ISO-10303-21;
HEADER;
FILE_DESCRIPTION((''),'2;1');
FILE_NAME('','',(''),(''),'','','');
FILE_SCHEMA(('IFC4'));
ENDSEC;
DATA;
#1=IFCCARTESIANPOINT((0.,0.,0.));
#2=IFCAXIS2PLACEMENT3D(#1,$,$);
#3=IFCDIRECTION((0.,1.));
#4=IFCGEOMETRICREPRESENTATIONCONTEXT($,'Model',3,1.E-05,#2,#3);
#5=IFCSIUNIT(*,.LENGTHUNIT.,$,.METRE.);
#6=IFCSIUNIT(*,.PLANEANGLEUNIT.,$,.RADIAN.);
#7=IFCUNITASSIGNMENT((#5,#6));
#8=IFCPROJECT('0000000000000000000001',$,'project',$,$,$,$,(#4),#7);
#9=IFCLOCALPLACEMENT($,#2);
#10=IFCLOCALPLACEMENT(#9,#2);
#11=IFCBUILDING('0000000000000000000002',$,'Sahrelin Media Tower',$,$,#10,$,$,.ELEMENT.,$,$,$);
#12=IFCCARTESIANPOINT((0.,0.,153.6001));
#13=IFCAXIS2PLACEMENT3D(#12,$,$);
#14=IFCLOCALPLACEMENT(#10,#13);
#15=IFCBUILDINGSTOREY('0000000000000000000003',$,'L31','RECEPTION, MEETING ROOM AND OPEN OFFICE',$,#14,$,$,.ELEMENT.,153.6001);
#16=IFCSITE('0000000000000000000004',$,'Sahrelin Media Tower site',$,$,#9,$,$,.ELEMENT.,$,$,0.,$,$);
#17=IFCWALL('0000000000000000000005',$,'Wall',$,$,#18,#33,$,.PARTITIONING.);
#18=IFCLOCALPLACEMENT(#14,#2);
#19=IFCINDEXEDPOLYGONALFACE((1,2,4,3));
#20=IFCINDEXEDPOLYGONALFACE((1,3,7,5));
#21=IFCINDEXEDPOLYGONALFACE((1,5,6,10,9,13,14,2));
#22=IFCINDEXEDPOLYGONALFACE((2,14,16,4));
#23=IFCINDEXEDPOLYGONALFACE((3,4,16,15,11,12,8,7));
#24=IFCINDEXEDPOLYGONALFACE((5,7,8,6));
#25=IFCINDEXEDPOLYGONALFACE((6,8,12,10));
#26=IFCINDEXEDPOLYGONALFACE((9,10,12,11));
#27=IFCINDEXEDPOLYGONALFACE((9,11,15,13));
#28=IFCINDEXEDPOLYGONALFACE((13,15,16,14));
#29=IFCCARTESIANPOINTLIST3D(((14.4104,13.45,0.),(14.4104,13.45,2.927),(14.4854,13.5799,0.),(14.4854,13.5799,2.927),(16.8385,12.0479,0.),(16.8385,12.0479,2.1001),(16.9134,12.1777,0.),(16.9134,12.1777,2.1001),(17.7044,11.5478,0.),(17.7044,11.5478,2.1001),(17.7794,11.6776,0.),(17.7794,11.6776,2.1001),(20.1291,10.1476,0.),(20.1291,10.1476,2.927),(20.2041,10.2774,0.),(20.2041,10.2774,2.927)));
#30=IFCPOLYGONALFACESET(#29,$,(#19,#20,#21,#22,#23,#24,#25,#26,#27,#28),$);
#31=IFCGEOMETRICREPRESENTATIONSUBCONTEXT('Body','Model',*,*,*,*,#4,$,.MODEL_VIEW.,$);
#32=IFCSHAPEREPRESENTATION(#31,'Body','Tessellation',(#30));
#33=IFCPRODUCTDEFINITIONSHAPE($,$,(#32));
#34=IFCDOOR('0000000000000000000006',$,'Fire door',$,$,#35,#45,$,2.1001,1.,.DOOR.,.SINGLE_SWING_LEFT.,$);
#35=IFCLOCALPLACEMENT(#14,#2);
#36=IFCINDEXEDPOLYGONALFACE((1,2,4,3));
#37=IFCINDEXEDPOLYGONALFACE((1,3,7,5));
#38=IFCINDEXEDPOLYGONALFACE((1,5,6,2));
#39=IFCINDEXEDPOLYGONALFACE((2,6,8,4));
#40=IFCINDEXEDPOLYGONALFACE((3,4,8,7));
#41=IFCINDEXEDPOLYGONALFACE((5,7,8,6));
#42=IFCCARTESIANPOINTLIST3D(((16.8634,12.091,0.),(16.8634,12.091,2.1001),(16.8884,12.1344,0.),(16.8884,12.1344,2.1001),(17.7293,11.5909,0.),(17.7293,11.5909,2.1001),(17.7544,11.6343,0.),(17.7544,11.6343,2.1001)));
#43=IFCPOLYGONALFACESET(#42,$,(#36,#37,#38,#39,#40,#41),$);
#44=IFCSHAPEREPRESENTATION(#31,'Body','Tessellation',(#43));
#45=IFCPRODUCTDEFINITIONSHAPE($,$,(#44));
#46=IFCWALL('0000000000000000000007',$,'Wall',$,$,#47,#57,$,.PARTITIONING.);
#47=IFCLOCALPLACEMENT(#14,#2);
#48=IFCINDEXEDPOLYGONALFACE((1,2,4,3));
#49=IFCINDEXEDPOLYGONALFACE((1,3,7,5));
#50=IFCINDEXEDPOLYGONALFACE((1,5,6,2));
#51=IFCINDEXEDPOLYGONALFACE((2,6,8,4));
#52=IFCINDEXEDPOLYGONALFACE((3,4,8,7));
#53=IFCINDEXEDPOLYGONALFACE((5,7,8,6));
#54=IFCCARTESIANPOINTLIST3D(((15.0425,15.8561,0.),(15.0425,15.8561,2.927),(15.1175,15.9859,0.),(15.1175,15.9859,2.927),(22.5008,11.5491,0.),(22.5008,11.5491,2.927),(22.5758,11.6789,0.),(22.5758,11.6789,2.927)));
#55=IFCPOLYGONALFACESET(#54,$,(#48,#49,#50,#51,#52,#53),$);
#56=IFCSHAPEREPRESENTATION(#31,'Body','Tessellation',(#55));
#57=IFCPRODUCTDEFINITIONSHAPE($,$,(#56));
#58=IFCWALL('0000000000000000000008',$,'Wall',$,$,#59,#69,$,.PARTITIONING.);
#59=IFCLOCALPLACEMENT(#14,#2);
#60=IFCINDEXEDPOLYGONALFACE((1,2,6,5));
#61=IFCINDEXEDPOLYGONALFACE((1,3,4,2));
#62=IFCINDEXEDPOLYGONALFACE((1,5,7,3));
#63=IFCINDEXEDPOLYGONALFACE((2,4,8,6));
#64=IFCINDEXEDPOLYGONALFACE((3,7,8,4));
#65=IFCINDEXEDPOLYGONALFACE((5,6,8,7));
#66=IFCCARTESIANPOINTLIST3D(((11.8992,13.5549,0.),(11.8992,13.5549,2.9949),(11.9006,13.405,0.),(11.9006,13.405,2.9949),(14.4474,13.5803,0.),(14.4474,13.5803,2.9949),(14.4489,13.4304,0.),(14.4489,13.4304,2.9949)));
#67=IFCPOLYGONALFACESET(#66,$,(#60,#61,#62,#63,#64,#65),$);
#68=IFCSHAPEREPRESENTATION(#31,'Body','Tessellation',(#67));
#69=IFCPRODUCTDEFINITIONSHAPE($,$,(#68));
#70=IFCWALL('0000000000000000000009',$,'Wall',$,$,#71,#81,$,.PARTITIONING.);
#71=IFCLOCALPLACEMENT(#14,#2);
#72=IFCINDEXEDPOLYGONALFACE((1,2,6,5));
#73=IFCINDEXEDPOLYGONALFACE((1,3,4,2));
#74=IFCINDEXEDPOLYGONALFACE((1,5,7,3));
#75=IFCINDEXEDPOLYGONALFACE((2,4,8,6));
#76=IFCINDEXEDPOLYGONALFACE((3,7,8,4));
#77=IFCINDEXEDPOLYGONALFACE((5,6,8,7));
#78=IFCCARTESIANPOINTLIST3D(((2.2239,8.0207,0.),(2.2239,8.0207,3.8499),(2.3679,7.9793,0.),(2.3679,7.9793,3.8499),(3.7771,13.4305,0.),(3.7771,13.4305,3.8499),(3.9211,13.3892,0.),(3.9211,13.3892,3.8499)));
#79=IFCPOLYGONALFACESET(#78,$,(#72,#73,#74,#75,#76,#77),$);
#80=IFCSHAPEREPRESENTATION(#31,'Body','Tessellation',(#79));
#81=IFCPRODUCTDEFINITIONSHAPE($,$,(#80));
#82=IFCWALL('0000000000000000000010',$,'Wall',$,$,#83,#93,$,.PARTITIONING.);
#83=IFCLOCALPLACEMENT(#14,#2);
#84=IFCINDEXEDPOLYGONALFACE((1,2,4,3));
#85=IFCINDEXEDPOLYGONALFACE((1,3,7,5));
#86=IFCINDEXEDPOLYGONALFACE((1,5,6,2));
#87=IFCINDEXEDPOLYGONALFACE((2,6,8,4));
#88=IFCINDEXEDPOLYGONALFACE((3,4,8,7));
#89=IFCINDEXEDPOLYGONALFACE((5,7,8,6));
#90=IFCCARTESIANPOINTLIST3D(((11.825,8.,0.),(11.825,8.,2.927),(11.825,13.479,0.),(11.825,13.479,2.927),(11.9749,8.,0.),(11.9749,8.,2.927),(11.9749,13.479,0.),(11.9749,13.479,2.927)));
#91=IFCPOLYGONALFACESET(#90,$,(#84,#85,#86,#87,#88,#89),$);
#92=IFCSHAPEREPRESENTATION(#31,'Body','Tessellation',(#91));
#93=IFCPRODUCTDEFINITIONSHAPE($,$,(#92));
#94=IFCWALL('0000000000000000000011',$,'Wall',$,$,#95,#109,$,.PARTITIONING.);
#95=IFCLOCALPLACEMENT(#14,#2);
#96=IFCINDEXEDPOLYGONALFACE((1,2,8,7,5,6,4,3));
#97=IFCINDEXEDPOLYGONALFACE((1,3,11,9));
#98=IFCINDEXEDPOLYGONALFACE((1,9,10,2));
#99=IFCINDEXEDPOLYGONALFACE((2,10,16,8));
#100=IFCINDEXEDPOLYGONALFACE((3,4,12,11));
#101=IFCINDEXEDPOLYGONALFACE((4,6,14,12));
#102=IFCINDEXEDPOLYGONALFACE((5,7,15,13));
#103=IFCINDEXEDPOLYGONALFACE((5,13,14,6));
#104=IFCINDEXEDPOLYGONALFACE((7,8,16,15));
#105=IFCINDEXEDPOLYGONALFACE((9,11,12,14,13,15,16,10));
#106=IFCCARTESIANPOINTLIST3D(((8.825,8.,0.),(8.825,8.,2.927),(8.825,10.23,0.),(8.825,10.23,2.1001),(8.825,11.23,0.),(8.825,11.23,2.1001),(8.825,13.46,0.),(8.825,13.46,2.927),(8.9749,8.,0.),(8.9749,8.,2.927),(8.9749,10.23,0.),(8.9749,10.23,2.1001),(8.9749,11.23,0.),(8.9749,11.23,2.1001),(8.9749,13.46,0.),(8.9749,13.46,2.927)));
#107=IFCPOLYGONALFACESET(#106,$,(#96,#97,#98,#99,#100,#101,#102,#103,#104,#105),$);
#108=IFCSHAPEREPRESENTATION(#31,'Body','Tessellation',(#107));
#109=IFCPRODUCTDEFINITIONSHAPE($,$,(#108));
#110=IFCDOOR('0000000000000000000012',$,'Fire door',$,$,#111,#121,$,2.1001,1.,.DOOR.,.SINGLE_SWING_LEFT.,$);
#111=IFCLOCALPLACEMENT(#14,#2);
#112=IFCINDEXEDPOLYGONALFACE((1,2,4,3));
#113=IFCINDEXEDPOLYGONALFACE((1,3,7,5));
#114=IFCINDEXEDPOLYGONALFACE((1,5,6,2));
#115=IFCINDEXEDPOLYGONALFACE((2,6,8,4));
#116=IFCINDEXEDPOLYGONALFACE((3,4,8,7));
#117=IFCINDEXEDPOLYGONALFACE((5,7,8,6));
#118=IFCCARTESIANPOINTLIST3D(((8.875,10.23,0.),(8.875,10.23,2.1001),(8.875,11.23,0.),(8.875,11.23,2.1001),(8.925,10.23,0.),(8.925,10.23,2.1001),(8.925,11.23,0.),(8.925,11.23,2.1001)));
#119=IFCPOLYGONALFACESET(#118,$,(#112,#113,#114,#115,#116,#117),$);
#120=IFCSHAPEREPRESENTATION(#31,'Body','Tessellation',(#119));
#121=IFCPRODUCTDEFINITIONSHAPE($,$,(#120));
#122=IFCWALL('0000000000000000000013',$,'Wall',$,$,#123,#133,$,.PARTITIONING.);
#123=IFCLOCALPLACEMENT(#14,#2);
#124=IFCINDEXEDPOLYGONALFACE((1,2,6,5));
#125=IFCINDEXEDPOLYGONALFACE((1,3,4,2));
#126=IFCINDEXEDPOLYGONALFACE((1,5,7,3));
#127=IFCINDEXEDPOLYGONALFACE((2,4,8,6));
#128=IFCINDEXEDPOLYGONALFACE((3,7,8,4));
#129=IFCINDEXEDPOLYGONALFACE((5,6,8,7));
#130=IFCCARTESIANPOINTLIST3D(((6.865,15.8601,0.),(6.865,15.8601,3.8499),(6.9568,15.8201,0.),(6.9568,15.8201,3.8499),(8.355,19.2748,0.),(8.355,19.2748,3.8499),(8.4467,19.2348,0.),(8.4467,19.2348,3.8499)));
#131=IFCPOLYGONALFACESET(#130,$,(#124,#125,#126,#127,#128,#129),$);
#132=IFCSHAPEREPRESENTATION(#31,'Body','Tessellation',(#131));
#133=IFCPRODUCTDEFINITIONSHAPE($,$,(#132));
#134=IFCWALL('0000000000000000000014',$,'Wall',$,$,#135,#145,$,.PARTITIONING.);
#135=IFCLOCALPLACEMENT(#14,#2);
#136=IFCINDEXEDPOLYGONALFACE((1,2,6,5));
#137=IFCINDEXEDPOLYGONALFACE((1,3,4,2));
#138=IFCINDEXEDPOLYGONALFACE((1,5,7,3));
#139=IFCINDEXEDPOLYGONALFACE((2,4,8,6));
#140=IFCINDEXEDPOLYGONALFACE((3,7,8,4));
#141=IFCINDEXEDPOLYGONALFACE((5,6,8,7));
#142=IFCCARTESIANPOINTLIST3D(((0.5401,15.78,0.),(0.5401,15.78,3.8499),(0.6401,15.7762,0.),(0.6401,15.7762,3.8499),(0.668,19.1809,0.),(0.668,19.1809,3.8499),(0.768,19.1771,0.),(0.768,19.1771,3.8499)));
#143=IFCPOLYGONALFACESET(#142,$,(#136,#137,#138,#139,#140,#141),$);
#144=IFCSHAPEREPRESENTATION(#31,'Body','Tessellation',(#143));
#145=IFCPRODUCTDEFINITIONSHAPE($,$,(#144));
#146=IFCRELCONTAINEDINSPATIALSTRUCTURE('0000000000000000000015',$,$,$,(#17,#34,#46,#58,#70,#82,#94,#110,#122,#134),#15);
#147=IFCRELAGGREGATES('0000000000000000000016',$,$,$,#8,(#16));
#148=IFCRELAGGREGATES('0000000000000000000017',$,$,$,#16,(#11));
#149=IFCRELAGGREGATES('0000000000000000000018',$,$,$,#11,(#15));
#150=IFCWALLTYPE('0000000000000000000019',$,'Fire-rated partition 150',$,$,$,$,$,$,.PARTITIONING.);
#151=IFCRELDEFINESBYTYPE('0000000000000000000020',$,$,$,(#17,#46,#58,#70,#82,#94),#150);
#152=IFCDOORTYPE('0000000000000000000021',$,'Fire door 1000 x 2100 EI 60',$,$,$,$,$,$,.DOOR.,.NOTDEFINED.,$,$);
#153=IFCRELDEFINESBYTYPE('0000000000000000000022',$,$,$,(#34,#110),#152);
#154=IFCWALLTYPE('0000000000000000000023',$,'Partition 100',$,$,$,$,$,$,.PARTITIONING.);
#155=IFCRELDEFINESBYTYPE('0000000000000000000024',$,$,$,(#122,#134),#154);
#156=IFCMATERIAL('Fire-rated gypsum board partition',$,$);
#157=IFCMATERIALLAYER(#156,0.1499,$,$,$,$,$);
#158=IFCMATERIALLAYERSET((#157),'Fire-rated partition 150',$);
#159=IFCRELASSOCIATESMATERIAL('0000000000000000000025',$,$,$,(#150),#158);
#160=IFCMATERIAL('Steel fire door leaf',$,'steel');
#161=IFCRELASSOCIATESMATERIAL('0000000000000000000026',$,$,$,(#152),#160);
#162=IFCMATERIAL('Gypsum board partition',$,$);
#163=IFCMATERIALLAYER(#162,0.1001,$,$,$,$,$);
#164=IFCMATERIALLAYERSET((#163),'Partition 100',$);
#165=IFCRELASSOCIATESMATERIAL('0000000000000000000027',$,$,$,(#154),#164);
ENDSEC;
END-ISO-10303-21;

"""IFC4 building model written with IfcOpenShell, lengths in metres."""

from ifc_helpers import new_model, si_unit, direction, frame, frame_2d, origin, place, context, subcontext, project, spatial, rectangle, extrude, material, layer, layer_set, type_object, element, fill, save


model = new_model("IFC4")

# Units and contexts
model_context = context("Model", 3, precision=1e-05, world=origin(), true_north=direction((0.0, 1.0)))
body_context = subcontext(model_context, "Body", "Model", "MODEL_VIEW")
ifc_project = project(units=[si_unit("LENGTHUNIT", "METRE"), si_unit("PLANEANGLEUNIT", "RADIAN")], contexts=[model_context])

# Site, building, storey
site_placement = place(None, origin())
site = spatial("IfcSite", under=ifc_project, at=site_placement, Name="Sahrelin Media Tower site", CompositionType="ELEMENT", RefElevation=0.0)
building_placement = place(site_placement, origin())
building = spatial("IfcBuilding", under=site, at=building_placement, Name="Sahrelin Media Tower", CompositionType="ELEMENT")
storey_placement = place(building_placement, frame((0.0, 0.0, 153.6001)))
storey = spatial("IfcBuildingStorey", under=building, at=storey_placement, Name="L31", Description="RECEPTION, MEETING ROOM AND OPEN OFFICE", CompositionType="ELEMENT", Elevation=153.6001)

# Wall, opening, door
ifc_material_1 = material(Name="Fire-rated gypsum board partition")
ifc_layer_1 = layer(ifc_material_1, 0.1499)
ifc_layer_set_1 = layer_set([ifc_layer_1], Name="Fire-rated partition 150")
wall_type_1 = type_object("IfcWallType", Name="Fire-rated partition 150", PredefinedType="PARTITIONING", material=ifc_layer_set_1)
wall_1_placement = place(storey_placement, frame((14.448, 13.5149, 0.0), z_axis=(0.0, 0.0, 1.0), x_axis=(0.865975, -0.500087, 0.0)))
wall_1 = element("IfcWall", 1, at=wall_1_placement, inside=storey, type_object=wall_type_1, Name="Wall", PredefinedType="PARTITIONING", context=body_context, shape_type="SweptSolid", body=[
    extrude(rectangle(XDim=6.6038, YDim=0.1499, at=frame_2d((3.3018, 0.0))), origin(), (0.0, 0.0, 1.0), 2.927),
])
opening_1_placement = place(wall_1_placement, frame((2.8037, 0.0, 0.0)))
opening_1 = element("IfcOpeningElement", 2, at=opening_1_placement, cuts=wall_1, PredefinedType="OPENING", context=body_context, shape_type="SweptSolid", body=[
    extrude(rectangle(XDim=1.0, YDim=2.1001, at=frame_2d((0.5, 1.05))), frame((0.0, 0.075, 0.0), z_axis=(0.0, -1.0, 0.0), x_axis=(1.0, 0.0, 0.0)), (0.0, 0.0, 1.0), 0.1499),
])
ifc_material_2 = material(Name="Steel fire door leaf", Category="steel")
door_type = type_object("IfcDoorType", Name="Fire door 1000 x 2100 EI 60", OperationType="NOTDEFINED", PredefinedType="DOOR", material=ifc_material_2)
door_1_placement = place(opening_1_placement, origin())
door_1 = element("IfcDoor", 3, at=door_1_placement, inside=storey, type_object=door_type, Name="Fire door", OperationType="SINGLE_SWING_LEFT", OverallHeight=2.1001, OverallWidth=1.0, PredefinedType="DOOR", context=body_context, shape_type="SweptSolid", body=[
    extrude(rectangle(XDim=1.0, YDim=2.1001, at=frame_2d((0.5, 1.05))), frame((0.0, 0.0249, 0.0), z_axis=(0.0, -1.0, 0.0), x_axis=(1.0, 0.0, 0.0)), (0.0, 0.0, 1.0), 0.05),
])
fill(opening_1, door_1)

# Walls
wall_2_placement = place(storey_placement, frame((15.0801, 15.9209, 0.0), z_axis=(0.0, 0.0, 1.0), x_axis=(0.865982, -0.500075, 0.0)))
element("IfcWall", 4, at=wall_2_placement, inside=storey, type_object=wall_type_1, Name="Wall", PredefinedType="PARTITIONING", context=body_context, shape_type="SweptSolid", body=[
    extrude(rectangle(XDim=8.6125, YDim=0.1499, at=frame_2d((4.3062, 0.0))), origin(), (0.0, 0.0, 1.0), 2.927),
])
wall_3_placement = place(storey_placement, frame((11.8999, 13.48, 0.0), z_axis=(0.0, 0.0, 1.0), x_axis=(0.99995, 0.009964, 0.0)))
element("IfcWall", 5, at=wall_3_placement, inside=storey, type_object=wall_type_1, Name="Wall", PredefinedType="PARTITIONING", context=body_context, shape_type="SweptSolid", body=[
    extrude(rectangle(XDim=2.5483, YDim=0.1499, at=frame_2d((1.2742, 0.0))), origin(), (0.0, 0.0, 1.0), 2.9949),
])
wall_4_placement = place(storey_placement, frame((2.2959, 8.0, 0.0), z_axis=(0.0, 0.0, 1.0), x_axis=(0.275958, 0.96117, 0.0)))
element("IfcWall", 6, at=wall_4_placement, inside=storey, type_object=wall_type_1, Name="Wall", PredefinedType="PARTITIONING", context=body_context, shape_type="SweptSolid", body=[
    extrude(rectangle(XDim=5.6284, YDim=0.1499, at=frame_2d((2.8142, 0.0))), origin(), (0.0, 0.0, 1.0), 3.8499),
])
wall_5_placement = place(storey_placement, frame((11.8999, 8.0, 0.0), z_axis=(0.0, 0.0, 1.0), x_axis=(0.0, 1.0, 0.0)))
element("IfcWall", 7, at=wall_5_placement, inside=storey, type_object=wall_type_1, Name="Wall", PredefinedType="PARTITIONING", context=body_context, shape_type="SweptSolid", body=[
    extrude(rectangle(XDim=5.479, YDim=0.1499, at=frame_2d((2.7395, 0.0))), origin(), (0.0, 0.0, 1.0), 2.927),
])

# Wall, opening, door
wall_6_placement = place(storey_placement, frame((8.8999, 8.0, 0.0), z_axis=(0.0, 0.0, 1.0), x_axis=(0.0, 1.0, 0.0)))
wall_6 = element("IfcWall", 8, at=wall_6_placement, inside=storey, type_object=wall_type_1, Name="Wall", PredefinedType="PARTITIONING", context=body_context, shape_type="SweptSolid", body=[
    extrude(rectangle(XDim=5.46, YDim=0.1499, at=frame_2d((2.73, 0.0))), origin(), (0.0, 0.0, 1.0), 2.927),
])
opening_2_placement = place(wall_6_placement, frame((2.23, 0.0, 0.0)))
opening_2 = element("IfcOpeningElement", 9, at=opening_2_placement, cuts=wall_6, PredefinedType="OPENING", context=body_context, shape_type="SweptSolid", body=[
    extrude(rectangle(XDim=1.0, YDim=2.1001, at=frame_2d((0.5, 1.05))), frame((0.0, 0.075, 0.0), z_axis=(0.0, -1.0, 0.0), x_axis=(1.0, 0.0, 0.0)), (0.0, 0.0, 1.0), 0.1499),
])
door_2_placement = place(opening_2_placement, origin())
door_2 = element("IfcDoor", 10, at=door_2_placement, inside=storey, type_object=door_type, Name="Fire door", OperationType="SINGLE_SWING_LEFT", OverallHeight=2.1001, OverallWidth=1.0, PredefinedType="DOOR", context=body_context, shape_type="SweptSolid", body=[
    extrude(rectangle(XDim=1.0, YDim=2.1001, at=frame_2d((0.5, 1.05))), frame((0.0, 0.0249, 0.0), z_axis=(0.0, -1.0, 0.0), x_axis=(1.0, 0.0, 0.0)), (0.0, 0.0, 1.0), 0.05),
])
fill(opening_2, door_2)

# Walls
ifc_material_3 = material(Name="Gypsum board partition")
ifc_layer_2 = layer(ifc_material_3, 0.1001)
ifc_layer_set_2 = layer_set([ifc_layer_2], Name="Partition 100")
wall_type_2 = type_object("IfcWallType", Name="Partition 100", PredefinedType="PARTITIONING", material=ifc_layer_set_2)
wall_7_placement = place(storey_placement, frame((6.9109, 15.8401, 0.0), z_axis=(0.0, 0.0, 1.0), x_axis=(0.399921, 0.916549, 0.0)))
element("IfcWall", 11, at=wall_7_placement, inside=storey, type_object=wall_type_2, Name="Wall", PredefinedType="PARTITIONING", context=body_context, shape_type="SweptSolid", body=[
    extrude(rectangle(XDim=3.7256, YDim=0.1001, at=frame_2d((1.8628, 0.0))), origin(), (0.0, 0.0, 1.0), 3.8499),
])
wall_8_placement = place(storey_placement, frame((0.5901, 15.7781, 0.0), z_axis=(0.0, 0.0, 1.0), x_axis=(0.03759, 0.999293, 0.0)))
element("IfcWall", 12, at=wall_8_placement, inside=storey, type_object=wall_type_2, Name="Wall", PredefinedType="PARTITIONING", context=body_context, shape_type="SweptSolid", body=[
    extrude(rectangle(XDim=3.4033, YDim=0.1001, at=frame_2d((1.7017, 0.0))), origin(), (0.0, 0.0, 1.0), 3.8499),
])

save(model, "model.ifc")
